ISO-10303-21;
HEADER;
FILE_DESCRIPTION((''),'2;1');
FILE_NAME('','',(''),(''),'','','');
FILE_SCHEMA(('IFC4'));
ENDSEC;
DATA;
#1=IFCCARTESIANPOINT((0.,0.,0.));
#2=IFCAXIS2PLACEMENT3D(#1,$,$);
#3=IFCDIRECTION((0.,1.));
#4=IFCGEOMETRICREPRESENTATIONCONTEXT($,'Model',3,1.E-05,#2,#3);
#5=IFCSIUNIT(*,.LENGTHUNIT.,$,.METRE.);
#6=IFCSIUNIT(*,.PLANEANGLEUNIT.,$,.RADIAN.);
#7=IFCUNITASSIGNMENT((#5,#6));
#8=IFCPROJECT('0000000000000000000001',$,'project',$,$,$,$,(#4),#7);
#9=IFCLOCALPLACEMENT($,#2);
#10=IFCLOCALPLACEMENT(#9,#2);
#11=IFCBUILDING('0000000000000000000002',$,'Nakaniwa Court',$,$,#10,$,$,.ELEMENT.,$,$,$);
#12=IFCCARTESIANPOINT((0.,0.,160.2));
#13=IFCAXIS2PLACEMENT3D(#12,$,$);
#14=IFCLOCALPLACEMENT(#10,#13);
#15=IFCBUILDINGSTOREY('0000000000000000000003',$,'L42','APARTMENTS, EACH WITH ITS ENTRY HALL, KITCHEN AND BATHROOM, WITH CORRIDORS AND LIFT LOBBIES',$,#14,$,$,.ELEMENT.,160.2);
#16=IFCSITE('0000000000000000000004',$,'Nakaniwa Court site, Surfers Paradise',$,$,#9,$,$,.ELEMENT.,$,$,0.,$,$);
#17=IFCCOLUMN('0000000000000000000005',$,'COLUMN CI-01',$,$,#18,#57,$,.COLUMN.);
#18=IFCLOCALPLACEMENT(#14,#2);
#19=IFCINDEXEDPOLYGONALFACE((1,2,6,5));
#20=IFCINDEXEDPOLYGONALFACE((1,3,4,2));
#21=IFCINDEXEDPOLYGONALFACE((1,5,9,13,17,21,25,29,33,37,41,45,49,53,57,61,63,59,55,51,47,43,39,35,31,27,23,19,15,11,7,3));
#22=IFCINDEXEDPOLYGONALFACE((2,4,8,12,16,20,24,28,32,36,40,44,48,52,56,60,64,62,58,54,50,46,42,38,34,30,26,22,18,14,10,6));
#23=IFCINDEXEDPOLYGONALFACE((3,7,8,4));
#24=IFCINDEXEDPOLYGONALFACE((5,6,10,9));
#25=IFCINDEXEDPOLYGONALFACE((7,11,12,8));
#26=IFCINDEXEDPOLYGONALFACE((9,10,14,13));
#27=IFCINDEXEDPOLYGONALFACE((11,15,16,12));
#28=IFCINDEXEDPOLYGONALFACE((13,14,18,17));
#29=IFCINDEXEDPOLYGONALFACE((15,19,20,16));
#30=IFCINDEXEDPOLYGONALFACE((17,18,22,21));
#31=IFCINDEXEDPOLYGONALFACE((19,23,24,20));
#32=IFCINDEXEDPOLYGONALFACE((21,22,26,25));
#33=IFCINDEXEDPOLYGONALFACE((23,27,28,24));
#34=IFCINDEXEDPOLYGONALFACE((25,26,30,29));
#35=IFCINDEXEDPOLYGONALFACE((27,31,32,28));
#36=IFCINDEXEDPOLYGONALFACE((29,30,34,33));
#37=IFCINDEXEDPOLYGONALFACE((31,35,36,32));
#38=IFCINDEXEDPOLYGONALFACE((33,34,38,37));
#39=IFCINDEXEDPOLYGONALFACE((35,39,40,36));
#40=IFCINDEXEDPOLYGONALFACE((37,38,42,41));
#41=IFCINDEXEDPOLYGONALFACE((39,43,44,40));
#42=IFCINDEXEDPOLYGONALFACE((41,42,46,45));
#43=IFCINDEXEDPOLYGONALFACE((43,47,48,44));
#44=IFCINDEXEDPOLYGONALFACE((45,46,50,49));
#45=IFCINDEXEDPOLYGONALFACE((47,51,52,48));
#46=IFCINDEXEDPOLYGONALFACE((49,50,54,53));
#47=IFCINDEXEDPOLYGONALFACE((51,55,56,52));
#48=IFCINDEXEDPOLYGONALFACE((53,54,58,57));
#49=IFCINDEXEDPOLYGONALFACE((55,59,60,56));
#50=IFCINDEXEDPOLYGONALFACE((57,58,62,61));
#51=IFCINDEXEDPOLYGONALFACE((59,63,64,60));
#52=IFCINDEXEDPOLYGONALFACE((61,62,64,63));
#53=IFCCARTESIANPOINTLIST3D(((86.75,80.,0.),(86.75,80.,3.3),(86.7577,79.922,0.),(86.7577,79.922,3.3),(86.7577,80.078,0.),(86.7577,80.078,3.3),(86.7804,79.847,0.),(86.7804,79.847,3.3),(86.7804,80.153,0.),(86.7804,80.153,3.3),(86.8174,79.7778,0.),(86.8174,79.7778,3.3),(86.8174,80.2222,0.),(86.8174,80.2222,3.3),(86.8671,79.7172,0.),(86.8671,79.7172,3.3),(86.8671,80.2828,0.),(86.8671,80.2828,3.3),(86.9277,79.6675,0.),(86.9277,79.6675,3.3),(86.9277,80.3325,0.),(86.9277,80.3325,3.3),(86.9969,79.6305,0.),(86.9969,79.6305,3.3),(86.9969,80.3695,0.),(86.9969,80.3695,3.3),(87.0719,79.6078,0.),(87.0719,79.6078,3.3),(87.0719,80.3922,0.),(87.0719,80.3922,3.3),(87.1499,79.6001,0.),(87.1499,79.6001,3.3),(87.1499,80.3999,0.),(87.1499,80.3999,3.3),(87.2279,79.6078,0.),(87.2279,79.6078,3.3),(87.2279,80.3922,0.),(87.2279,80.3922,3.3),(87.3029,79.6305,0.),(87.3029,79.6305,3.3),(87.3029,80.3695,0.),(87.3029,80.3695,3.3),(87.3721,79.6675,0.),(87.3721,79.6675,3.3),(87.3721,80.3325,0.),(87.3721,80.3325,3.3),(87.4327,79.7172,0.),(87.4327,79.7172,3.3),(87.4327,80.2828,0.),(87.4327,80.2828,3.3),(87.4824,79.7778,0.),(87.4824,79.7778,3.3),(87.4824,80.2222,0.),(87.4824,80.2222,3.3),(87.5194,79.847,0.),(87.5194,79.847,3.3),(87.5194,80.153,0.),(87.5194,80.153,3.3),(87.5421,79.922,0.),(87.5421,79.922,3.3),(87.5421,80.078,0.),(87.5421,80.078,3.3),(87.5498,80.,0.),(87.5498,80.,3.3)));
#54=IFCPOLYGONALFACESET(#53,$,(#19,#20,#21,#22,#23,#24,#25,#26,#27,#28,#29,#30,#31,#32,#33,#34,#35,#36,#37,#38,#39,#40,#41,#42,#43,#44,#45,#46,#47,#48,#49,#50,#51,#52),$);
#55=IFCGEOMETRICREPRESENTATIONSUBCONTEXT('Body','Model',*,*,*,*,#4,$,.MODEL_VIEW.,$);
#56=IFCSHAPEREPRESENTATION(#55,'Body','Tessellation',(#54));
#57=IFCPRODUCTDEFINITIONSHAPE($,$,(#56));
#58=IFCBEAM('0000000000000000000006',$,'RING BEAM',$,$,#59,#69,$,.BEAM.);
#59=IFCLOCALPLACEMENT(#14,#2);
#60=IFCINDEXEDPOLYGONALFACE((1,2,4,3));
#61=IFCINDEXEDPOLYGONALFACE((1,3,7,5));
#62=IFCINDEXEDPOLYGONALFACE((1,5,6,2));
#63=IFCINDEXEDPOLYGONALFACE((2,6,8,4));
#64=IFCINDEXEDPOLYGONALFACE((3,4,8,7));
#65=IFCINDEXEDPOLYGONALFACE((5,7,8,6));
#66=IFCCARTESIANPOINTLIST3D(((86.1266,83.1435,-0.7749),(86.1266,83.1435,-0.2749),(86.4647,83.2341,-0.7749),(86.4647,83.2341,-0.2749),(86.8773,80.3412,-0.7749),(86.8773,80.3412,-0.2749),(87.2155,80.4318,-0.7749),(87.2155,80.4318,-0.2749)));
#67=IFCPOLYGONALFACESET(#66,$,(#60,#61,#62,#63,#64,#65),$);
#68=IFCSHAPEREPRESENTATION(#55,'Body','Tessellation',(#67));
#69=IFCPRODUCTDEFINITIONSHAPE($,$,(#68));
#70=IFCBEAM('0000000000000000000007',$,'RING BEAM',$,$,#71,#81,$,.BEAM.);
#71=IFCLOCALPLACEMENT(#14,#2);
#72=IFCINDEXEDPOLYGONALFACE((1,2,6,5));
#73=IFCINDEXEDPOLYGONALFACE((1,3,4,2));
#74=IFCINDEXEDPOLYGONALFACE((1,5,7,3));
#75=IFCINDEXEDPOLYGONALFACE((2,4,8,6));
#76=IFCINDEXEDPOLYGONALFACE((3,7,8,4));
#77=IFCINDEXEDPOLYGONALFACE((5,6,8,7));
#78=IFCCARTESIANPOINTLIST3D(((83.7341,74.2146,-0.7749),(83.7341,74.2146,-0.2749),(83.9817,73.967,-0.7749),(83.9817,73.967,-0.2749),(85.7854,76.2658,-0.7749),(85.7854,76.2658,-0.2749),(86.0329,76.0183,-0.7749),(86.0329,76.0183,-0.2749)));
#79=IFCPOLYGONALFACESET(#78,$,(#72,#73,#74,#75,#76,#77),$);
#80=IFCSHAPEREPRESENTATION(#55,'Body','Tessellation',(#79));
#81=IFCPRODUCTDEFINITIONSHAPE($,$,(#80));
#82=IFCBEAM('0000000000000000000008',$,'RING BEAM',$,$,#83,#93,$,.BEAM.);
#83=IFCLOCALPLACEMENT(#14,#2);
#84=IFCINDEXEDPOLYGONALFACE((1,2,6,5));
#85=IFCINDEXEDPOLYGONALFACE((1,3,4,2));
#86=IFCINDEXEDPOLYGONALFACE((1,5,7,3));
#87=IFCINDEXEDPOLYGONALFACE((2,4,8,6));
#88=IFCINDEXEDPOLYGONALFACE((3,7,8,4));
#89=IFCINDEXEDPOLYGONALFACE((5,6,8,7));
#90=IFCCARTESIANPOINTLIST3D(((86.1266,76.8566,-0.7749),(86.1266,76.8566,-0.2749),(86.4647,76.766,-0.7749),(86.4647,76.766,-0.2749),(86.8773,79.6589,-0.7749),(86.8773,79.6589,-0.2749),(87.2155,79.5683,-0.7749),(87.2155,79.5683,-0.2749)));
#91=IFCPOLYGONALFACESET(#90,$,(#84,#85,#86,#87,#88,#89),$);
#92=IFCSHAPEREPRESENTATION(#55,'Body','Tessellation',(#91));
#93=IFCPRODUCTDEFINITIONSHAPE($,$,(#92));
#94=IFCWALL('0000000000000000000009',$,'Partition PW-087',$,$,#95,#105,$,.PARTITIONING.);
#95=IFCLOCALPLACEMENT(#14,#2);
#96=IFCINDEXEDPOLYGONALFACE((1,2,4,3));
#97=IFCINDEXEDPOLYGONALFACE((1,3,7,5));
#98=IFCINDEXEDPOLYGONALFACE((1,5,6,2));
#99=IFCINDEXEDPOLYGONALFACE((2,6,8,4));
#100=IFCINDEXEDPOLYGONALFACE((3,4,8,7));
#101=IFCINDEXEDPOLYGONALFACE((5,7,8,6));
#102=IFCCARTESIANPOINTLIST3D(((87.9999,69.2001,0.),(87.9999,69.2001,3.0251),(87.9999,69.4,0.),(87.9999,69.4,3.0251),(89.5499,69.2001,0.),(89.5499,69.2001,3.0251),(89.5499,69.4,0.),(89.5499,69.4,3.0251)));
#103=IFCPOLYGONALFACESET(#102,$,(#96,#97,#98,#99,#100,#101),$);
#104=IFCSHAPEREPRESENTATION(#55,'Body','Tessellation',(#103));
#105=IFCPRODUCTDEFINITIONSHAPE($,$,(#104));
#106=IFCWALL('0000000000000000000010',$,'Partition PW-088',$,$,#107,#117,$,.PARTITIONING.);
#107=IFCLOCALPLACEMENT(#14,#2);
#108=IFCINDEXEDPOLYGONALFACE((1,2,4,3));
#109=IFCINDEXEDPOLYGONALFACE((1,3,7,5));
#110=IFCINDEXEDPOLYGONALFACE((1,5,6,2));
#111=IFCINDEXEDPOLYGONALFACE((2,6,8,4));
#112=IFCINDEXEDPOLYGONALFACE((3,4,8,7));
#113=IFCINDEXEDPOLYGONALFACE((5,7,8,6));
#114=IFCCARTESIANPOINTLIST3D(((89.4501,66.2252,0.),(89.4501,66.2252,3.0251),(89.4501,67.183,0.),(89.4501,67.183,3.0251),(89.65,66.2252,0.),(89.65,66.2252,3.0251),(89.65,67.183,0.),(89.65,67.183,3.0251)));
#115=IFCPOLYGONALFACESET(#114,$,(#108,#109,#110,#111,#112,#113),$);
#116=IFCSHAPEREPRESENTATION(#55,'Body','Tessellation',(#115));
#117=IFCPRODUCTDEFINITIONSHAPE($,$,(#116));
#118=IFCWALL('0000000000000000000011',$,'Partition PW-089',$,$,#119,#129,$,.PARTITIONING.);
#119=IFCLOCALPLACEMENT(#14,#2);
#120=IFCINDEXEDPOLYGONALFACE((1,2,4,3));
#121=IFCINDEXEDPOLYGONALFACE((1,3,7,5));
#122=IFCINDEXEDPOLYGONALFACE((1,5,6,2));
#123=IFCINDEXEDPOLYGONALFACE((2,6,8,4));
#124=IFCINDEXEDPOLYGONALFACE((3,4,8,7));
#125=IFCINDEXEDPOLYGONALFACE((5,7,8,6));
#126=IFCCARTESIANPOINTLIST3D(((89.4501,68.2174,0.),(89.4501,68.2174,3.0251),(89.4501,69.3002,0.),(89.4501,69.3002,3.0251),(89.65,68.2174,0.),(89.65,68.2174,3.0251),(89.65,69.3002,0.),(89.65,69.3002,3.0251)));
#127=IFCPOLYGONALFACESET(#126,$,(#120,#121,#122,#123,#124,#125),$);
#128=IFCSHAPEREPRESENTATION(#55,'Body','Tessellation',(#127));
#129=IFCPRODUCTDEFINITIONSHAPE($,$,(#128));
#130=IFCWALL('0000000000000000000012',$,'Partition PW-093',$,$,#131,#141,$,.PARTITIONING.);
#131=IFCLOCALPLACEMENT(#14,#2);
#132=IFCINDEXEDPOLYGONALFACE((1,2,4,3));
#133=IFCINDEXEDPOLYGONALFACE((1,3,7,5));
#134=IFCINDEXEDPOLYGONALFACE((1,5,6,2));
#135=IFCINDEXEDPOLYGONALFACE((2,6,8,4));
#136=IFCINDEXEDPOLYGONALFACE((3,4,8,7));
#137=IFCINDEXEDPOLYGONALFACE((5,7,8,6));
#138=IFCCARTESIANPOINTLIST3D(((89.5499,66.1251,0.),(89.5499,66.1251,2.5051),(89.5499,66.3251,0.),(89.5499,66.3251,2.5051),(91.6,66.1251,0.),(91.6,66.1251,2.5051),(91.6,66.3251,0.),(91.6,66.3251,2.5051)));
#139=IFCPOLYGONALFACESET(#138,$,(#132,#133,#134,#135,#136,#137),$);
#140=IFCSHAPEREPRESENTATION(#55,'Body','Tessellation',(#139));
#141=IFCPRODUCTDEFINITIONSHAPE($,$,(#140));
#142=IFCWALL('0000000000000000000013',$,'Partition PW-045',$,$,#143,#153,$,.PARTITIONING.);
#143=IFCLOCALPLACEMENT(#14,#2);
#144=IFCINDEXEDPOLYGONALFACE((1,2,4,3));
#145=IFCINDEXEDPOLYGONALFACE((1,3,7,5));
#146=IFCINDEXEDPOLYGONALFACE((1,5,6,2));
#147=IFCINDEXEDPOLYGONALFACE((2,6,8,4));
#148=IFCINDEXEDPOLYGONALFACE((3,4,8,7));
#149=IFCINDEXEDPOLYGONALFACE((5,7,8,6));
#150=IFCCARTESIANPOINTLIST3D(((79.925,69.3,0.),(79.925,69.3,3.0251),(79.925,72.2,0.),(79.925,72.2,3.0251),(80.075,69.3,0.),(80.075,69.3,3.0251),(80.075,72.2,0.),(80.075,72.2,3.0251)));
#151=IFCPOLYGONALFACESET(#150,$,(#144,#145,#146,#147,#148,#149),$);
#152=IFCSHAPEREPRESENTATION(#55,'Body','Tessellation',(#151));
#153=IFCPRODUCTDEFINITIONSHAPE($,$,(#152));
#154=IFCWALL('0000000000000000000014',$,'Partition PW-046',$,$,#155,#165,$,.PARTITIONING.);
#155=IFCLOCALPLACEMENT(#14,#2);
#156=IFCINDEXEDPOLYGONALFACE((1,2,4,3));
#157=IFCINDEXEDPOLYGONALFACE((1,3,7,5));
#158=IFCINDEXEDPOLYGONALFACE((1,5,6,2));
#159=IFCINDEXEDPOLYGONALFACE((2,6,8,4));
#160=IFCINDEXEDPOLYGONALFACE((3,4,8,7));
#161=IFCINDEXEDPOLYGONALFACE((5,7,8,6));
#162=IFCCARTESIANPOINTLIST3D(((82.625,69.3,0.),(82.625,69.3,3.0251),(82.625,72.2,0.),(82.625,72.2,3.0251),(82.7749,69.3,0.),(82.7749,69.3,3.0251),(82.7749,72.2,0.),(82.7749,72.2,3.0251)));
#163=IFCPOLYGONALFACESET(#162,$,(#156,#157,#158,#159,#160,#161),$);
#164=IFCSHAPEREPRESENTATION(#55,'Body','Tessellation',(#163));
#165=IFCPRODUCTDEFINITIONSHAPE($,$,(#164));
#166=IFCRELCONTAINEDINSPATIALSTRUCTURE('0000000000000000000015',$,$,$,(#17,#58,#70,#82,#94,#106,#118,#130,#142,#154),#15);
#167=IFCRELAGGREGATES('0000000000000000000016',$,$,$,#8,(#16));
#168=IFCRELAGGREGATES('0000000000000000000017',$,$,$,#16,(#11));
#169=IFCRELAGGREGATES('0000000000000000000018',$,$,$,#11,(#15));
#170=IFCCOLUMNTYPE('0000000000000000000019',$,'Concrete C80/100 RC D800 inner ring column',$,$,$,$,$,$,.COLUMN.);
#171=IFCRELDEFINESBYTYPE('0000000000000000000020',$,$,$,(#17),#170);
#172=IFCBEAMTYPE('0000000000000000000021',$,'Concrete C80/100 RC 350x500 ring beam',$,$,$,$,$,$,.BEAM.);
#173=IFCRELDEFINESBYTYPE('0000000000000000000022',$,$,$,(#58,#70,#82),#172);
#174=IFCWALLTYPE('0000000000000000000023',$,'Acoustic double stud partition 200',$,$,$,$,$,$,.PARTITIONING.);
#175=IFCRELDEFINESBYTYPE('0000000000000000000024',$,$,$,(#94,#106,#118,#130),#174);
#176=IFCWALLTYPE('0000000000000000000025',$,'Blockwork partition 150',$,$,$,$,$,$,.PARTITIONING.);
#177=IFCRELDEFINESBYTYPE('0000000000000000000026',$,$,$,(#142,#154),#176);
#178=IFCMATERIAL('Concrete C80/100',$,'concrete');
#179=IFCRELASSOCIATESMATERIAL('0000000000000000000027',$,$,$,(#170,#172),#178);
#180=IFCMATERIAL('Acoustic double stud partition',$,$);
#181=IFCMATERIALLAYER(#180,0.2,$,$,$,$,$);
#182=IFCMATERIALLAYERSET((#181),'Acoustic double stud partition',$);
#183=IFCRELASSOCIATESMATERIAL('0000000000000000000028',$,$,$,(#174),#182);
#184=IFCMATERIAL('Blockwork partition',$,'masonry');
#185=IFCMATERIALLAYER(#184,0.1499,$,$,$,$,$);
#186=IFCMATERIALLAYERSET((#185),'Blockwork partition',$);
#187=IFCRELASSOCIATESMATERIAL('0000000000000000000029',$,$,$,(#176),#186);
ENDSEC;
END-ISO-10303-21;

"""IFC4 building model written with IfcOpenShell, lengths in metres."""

from ifc_helpers import new_model, si_unit, direction, frame, frame_2d, origin, origin_2d, place, context, subcontext, project, spatial, rectangle, circle, extrude, material, layer, layer_set, material_profile, profile_set, type_object, element, save


model = new_model("IFC4")

# Units and contexts
model_context = context("Model", 3, precision=1e-05, world=origin(), true_north=direction((0.0, 1.0)))
body_context = subcontext(model_context, "Body", "Model", "MODEL_VIEW")
ifc_project = project(units=[si_unit("LENGTHUNIT", "METRE"), si_unit("PLANEANGLEUNIT", "RADIAN")], contexts=[model_context])

# Site, building, storey
site_placement = place(None, origin())
site = spatial("IfcSite", under=ifc_project, at=site_placement, Name="Nakaniwa Court site, Surfers Paradise", CompositionType="ELEMENT", RefElevation=0.0)
building_placement = place(site_placement, origin())
building = spatial("IfcBuilding", under=site, at=building_placement, Name="Nakaniwa Court", CompositionType="ELEMENT")
storey_placement = place(building_placement, frame((0.0, 0.0, 160.2)))
storey = spatial("IfcBuildingStorey", under=building, at=storey_placement, Name="L42", Description="APARTMENTS, EACH WITH ITS ENTRY HALL, KITCHEN AND BATHROOM, WITH CORRIDORS AND LIFT LOBBIES", CompositionType="ELEMENT", Elevation=160.2)

# Column
ifc_material_1 = material(Name="Concrete C80/100", Category="concrete")
ifc_material_profile_1 = material_profile(ifc_material_1, circle(Radius=0.3999, at=origin_2d()), Name="Concrete C80/100 RC D800 inner ring column")
ifc_profile_set_1 = profile_set([ifc_material_profile_1], Name="Concrete C80/100")
column_type = type_object("IfcColumnType", Name="Concrete C80/100 RC D800 inner ring column", PredefinedType="COLUMN", material=ifc_profile_set_1)
for number, where, z_axis, x_axis, name in (
    (1, (87.1499, 80.0, 0.0), (0.0, 0.0, 1.0), (0.0, 1.0, 0.0), "COLUMN CI-01"),
):
    element("IfcColumn", number, at=place(storey_placement, frame(where, z_axis=z_axis, x_axis=x_axis)), inside=storey, type_object=column_type, Name=name, PredefinedType="COLUMN", context=body_context, shape_type="SweptSolid", body=[
        extrude(circle(Radius=0.3999, at=origin_2d()), origin(), (0.0, 0.0, 1.0), 3.3),
    ])

# Beams
ifc_material_profile_2 = material_profile(ifc_material_1, rectangle(XDim=0.3501, YDim=0.5, at=origin_2d()), Name="Concrete C80/100 RC 350x500 ring beam")
ifc_profile_set_2 = profile_set([ifc_material_profile_2], Name="Concrete C80/100")
beam_type = type_object("IfcBeamType", Name="Concrete C80/100 RC 350x500 ring beam", PredefinedType="BEAM", material=ifc_profile_set_2)
beam_1_placement = place(storey_placement, frame((87.0464, 80.3865, -0.5249), z_axis=(-0.258778, 0.965937, 0.0), x_axis=(-0.965937, -0.258778, 0.0)))
element("IfcBeam", 2, at=beam_1_placement, inside=storey, type_object=beam_type, Name="RING BEAM", PredefinedType="BEAM", context=body_context, shape_type="SweptSolid", body=[
    extrude(rectangle(XDim=0.3501, YDim=0.5, at=origin_2d()), origin(), (0.0, 0.0, 1.0), 2.9011),
])
beam_2_placement = place(storey_placement, frame((83.8579, 74.0908, -0.5249), z_axis=(0.707107, 0.707107, 0.0), x_axis=(-0.707107, 0.707107, 0.0)))
element("IfcBeam", 3, at=beam_2_placement, inside=storey, type_object=beam_type, Name="RING BEAM", PredefinedType="BEAM", context=body_context, shape_type="SweptSolid", body=[
    extrude(rectangle(XDim=0.3501, YDim=0.5, at=origin_2d()), origin(), (0.0, 0.0, 1.0), 2.9009),
])
beam_3_placement = place(storey_placement, frame((86.2957, 76.8113, -0.5249), z_axis=(0.258778, 0.965937, 0.0), x_axis=(-0.965937, 0.258778, 0.0)))
element("IfcBeam", 4, at=beam_3_placement, inside=storey, type_object=beam_type, Name="RING BEAM", PredefinedType="BEAM", context=body_context, shape_type="SweptSolid", body=[
    extrude(rectangle(XDim=0.3501, YDim=0.5, at=origin_2d()), origin(), (0.0, 0.0, 1.0), 2.9011),
])

# Walls
ifc_material_2 = material(Name="Acoustic double stud partition")
ifc_layer_1 = layer(ifc_material_2, 0.2)
ifc_layer_set_1 = layer_set([ifc_layer_1], Name="Acoustic double stud partition")
wall_type_1 = type_object("IfcWallType", Name="Acoustic double stud partition 200", PredefinedType="PARTITIONING", material=ifc_layer_set_1)
wall_1_placement = place(storey_placement, frame((88.0, 69.3, 0.0), z_axis=(0.0, 0.0, 1.0), x_axis=(1.0, 0.0, 0.0)))
element("IfcWall", 5, at=wall_1_placement, inside=storey, type_object=wall_type_1, Name="Partition PW-087", PredefinedType="PARTITIONING", context=body_context, shape_type="SweptSolid", body=[
    extrude(rectangle(XDim=1.55, YDim=0.2, at=frame_2d((0.7749, 0.0))), origin(), (0.0, 0.0, 1.0), 3.0251),
])
wall_2_placement = place(storey_placement, frame((89.55, 66.2251, 0.0), z_axis=(0.0, 0.0, 1.0), x_axis=(0.0, 1.0, 0.0)))
element("IfcWall", 6, at=wall_2_placement, inside=storey, type_object=wall_type_1, Name="Partition PW-088", PredefinedType="PARTITIONING", context=body_context, shape_type="SweptSolid", body=[
    extrude(rectangle(XDim=0.9578, YDim=0.2, at=frame_2d((0.479, 0.0))), origin(), (0.0, 0.0, 1.0), 3.0251),
])
wall_3_placement = place(storey_placement, frame((89.55, 68.2173, 0.0), z_axis=(0.0, 0.0, 1.0), x_axis=(0.0, 1.0, 0.0)))
element("IfcWall", 7, at=wall_3_placement, inside=storey, type_object=wall_type_1, Name="Partition PW-089", PredefinedType="PARTITIONING", context=body_context, shape_type="SweptSolid", body=[
    extrude(rectangle(XDim=1.0828, YDim=0.2, at=frame_2d((0.5415, 0.0))), origin(), (0.0, 0.0, 1.0), 3.0251),
])
wall_4_placement = place(storey_placement, frame((89.55, 66.2251, 0.0), z_axis=(0.0, 0.0, 1.0), x_axis=(1.0, 0.0, 0.0)))
element("IfcWall", 8, at=wall_4_placement, inside=storey, type_object=wall_type_1, Name="Partition PW-093", PredefinedType="PARTITIONING", context=body_context, shape_type="SweptSolid", body=[
    extrude(rectangle(XDim=2.05, YDim=0.2, at=frame_2d((1.0249, 0.0))), origin(), (0.0, 0.0, 1.0), 2.5051),
])
ifc_material_3 = material(Name="Blockwork partition", Category="masonry")
ifc_layer_2 = layer(ifc_material_3, 0.1499)
ifc_layer_set_2 = layer_set([ifc_layer_2], Name="Blockwork partition")
wall_type_2 = type_object("IfcWallType", Name="Blockwork partition 150", PredefinedType="PARTITIONING", material=ifc_layer_set_2)
for number, where, z_axis, x_axis, name in (
    (9, (80.0, 69.3, 0.0), (0.0, 0.0, 1.0), (0.0, 1.0, 0.0), "Partition PW-045"),
    (10, (82.7, 69.3, 0.0), (0.0, 0.0, 1.0), (0.0, 1.0, 0.0), "Partition PW-046"),
):
    element("IfcWall", number, at=place(storey_placement, frame(where, z_axis=z_axis, x_axis=x_axis)), inside=storey, type_object=wall_type_2, Name=name, PredefinedType="PARTITIONING", context=body_context, shape_type="SweptSolid", body=[
        extrude(rectangle(XDim=2.8999, YDim=0.1499, at=frame_2d((1.45, 0.0))), origin(), (0.0, 0.0, 1.0), 3.0251),
    ])

save(model, "model.ifc")
